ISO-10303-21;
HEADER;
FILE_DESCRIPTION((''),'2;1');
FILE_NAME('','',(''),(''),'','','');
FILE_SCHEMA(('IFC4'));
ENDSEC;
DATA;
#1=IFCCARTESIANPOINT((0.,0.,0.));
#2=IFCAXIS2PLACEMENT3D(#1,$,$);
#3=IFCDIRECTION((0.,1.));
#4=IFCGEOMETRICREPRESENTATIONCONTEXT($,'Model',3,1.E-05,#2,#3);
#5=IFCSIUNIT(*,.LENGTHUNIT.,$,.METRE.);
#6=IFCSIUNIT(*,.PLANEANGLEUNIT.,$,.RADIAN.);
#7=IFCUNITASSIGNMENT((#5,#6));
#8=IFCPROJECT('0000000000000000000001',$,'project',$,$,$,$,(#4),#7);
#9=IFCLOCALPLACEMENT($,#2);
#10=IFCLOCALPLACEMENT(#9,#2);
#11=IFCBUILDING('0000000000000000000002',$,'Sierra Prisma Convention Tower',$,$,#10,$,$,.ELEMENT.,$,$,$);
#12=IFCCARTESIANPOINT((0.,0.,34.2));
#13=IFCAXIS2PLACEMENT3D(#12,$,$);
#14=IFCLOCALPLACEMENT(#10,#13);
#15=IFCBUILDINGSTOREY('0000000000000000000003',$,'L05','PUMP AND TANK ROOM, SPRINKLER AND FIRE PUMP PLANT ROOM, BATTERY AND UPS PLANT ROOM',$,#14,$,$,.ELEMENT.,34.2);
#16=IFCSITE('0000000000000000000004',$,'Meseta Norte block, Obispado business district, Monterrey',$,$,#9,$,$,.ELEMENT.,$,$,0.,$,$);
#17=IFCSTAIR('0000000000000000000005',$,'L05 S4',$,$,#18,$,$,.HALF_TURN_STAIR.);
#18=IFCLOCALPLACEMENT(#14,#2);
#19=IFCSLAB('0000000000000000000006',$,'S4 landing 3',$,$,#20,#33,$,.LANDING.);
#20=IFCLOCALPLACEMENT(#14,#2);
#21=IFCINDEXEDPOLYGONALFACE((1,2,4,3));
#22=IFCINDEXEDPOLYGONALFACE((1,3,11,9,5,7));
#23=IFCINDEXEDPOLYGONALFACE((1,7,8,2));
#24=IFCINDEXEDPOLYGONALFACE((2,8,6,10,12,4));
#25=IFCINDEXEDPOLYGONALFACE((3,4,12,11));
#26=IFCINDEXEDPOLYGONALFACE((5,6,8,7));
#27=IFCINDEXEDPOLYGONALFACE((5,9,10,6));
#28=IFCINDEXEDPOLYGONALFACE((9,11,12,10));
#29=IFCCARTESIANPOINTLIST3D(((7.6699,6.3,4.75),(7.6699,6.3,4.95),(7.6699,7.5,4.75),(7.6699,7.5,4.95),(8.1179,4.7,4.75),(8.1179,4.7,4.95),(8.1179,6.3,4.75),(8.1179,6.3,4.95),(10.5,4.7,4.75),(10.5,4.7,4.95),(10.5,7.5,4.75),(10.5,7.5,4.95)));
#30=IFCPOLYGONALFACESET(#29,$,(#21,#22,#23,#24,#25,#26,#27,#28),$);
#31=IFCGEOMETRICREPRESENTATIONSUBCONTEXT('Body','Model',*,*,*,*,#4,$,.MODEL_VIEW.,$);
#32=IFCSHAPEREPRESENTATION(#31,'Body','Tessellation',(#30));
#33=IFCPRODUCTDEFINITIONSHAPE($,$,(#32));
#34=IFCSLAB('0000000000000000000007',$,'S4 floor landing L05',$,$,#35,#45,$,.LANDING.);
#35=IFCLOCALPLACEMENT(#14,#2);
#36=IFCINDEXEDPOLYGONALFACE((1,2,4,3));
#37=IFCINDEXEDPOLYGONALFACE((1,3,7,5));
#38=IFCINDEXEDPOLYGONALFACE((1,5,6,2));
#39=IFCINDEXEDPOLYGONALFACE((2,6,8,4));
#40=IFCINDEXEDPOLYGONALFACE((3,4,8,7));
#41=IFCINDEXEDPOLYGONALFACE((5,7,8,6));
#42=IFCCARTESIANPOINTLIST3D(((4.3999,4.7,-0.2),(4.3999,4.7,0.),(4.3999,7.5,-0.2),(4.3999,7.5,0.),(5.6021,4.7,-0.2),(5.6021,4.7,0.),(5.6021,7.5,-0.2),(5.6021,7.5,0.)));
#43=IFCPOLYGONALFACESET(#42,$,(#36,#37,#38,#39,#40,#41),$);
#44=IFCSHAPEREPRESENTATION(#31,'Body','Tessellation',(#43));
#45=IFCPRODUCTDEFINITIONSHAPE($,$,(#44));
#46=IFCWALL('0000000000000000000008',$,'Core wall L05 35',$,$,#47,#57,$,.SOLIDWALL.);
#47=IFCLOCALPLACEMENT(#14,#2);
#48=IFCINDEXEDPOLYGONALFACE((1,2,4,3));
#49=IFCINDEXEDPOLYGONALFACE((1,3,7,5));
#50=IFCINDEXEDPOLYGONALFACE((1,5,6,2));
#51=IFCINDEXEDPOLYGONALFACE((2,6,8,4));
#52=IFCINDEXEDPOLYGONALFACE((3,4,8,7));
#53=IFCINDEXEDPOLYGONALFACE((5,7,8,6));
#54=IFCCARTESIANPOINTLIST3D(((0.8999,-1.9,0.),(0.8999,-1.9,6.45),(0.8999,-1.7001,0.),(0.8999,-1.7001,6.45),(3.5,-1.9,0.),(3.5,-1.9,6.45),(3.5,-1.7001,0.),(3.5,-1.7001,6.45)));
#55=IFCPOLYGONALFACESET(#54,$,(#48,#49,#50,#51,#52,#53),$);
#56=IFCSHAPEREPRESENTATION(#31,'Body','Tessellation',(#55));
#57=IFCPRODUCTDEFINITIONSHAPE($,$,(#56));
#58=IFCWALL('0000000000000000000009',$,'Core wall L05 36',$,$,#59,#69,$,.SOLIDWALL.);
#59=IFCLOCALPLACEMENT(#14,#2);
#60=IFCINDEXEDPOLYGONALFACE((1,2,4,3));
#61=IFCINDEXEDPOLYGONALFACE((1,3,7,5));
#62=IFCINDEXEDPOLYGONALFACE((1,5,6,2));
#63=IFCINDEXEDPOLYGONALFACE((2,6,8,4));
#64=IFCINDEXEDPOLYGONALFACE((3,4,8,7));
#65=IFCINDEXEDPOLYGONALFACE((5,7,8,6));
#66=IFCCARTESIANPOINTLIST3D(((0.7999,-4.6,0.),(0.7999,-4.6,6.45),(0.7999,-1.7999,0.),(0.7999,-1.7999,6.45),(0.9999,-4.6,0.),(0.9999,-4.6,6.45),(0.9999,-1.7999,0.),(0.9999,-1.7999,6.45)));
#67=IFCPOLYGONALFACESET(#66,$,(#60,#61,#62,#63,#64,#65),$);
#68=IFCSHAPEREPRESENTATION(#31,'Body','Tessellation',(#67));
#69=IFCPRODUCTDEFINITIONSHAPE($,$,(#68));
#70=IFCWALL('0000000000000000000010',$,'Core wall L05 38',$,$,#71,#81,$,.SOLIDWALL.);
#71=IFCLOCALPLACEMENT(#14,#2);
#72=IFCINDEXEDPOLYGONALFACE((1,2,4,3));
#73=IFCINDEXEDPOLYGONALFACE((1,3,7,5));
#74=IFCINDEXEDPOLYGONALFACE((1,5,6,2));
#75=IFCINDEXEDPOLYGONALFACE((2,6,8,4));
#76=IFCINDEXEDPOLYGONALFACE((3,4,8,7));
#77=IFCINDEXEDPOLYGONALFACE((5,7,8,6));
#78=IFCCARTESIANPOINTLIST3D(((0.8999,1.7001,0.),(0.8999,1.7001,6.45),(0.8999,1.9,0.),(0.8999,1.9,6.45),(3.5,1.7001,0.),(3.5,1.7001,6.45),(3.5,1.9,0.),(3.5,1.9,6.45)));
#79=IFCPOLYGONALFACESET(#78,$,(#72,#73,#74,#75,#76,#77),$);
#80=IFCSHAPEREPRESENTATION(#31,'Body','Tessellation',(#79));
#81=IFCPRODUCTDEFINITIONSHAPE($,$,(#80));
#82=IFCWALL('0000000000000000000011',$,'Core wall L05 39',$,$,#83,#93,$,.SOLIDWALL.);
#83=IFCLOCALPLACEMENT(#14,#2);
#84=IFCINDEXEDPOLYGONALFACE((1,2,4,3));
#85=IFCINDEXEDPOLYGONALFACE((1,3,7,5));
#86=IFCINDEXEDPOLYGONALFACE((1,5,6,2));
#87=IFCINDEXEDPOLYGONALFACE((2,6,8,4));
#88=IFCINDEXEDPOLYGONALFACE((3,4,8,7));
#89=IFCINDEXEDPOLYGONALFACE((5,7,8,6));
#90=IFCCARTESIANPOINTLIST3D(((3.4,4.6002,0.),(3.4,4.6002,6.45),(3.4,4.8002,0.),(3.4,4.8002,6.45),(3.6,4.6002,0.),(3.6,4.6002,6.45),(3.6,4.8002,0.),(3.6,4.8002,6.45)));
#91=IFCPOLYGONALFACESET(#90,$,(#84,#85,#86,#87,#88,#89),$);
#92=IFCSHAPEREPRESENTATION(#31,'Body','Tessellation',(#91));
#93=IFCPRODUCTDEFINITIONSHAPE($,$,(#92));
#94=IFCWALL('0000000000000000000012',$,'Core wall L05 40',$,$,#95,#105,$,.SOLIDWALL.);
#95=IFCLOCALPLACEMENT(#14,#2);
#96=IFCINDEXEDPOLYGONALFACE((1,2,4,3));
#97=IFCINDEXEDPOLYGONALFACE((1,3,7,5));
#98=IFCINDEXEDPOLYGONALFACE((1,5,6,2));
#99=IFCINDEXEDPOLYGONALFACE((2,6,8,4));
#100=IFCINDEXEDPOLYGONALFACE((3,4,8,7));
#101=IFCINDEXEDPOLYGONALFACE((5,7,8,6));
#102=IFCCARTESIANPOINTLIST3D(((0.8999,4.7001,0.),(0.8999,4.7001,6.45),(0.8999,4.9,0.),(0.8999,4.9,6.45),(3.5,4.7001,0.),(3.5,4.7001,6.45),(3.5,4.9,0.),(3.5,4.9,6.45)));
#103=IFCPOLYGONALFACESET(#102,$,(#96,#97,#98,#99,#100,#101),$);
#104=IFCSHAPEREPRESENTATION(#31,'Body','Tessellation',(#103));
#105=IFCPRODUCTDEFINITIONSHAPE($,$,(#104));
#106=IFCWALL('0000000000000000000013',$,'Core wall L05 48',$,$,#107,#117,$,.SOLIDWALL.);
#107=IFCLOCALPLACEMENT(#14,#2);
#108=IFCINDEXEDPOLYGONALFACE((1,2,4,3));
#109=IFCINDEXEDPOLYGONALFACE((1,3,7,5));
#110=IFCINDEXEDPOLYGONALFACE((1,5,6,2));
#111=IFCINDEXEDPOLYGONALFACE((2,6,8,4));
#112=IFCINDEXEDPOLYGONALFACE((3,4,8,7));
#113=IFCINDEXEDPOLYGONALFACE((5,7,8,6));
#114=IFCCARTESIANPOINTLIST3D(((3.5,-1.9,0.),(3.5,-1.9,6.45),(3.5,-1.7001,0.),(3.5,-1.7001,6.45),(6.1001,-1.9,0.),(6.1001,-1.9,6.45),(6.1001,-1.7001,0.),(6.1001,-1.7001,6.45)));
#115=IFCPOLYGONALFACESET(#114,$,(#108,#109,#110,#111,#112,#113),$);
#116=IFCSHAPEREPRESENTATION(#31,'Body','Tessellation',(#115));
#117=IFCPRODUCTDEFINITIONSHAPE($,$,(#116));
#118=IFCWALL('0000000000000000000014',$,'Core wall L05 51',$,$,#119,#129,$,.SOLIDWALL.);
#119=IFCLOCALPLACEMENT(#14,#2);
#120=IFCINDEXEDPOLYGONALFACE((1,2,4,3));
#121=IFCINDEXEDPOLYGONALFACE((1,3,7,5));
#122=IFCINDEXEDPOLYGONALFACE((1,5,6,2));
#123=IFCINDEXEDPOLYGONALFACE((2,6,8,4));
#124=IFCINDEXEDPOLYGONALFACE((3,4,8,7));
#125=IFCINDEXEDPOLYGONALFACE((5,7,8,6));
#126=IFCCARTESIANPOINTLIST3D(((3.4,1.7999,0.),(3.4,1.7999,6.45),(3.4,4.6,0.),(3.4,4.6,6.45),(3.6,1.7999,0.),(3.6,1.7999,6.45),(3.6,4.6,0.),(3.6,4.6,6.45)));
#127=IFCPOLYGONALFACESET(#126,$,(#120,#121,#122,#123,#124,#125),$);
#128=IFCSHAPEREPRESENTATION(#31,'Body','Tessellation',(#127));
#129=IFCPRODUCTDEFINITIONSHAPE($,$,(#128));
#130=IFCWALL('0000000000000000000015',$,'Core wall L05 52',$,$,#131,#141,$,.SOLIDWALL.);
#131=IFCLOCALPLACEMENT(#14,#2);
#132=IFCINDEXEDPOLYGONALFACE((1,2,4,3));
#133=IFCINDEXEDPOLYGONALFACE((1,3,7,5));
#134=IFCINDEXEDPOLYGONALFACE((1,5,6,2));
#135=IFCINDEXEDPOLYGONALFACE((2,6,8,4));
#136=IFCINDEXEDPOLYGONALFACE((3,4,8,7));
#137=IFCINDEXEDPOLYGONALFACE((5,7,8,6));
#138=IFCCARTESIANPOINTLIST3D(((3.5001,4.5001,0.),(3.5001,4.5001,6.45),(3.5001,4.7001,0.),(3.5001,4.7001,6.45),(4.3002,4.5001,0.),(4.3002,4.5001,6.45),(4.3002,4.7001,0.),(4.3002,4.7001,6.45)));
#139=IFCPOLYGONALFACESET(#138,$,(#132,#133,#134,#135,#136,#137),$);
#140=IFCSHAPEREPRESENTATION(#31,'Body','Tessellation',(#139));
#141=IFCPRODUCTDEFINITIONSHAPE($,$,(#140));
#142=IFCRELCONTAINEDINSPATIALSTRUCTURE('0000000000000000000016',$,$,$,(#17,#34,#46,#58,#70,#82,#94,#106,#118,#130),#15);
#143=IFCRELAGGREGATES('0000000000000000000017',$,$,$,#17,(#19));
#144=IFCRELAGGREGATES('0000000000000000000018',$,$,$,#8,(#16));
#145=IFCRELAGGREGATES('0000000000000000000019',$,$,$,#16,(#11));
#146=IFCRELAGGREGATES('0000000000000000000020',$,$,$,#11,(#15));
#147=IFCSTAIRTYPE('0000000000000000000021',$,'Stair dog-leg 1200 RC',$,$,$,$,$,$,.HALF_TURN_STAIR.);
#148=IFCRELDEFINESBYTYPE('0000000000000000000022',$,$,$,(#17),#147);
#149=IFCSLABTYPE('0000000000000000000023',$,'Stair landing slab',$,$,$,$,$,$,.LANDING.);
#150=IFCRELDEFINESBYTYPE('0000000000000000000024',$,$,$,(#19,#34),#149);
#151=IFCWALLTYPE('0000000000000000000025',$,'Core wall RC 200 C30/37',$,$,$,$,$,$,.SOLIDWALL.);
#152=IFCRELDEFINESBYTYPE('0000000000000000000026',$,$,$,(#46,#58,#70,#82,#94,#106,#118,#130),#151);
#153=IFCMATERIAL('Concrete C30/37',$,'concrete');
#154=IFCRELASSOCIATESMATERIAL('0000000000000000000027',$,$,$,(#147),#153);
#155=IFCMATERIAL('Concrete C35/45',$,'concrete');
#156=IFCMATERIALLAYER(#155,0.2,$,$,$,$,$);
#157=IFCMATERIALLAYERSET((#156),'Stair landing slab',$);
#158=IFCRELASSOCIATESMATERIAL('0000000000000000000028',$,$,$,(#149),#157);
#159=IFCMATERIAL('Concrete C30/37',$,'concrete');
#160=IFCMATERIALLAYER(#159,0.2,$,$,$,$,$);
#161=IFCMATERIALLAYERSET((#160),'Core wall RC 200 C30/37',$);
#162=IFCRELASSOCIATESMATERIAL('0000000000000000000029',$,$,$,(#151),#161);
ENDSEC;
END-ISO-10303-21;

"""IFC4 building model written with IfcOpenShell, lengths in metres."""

from ifc_helpers import new_model, si_unit, direction, frame, frame_2d, origin, place, context, subcontext, project, spatial, polyline, rectangle, outline, extrude, material, layer, layer_set, type_object, element, aggregate, save


model = new_model("IFC4")

# Units and contexts
model_context = context("Model", 3, precision=1e-05, world=origin(), true_north=direction((0.0, 1.0)))
body_context = subcontext(model_context, "Body", "Model", "MODEL_VIEW")
ifc_project = project(units=[si_unit("LENGTHUNIT", "METRE"), si_unit("PLANEANGLEUNIT", "RADIAN")], contexts=[model_context])

# Site, building, storey
site_placement = place(None, origin())
site = spatial("IfcSite", under=ifc_project, at=site_placement, Name="Meseta Norte block, Obispado business district, Monterrey", CompositionType="ELEMENT", RefElevation=0.0)
building_placement = place(site_placement, origin())
building = spatial("IfcBuilding", under=site, at=building_placement, Name="Sierra Prisma Convention Tower", CompositionType="ELEMENT")
storey_placement = place(building_placement, frame((0.0, 0.0, 34.2)))
storey = spatial("IfcBuildingStorey", under=building, at=storey_placement, Name="L05", Description="PUMP AND TANK ROOM, SPRINKLER AND FIRE PUMP PLANT ROOM, BATTERY AND UPS PLANT ROOM", CompositionType="ELEMENT", Elevation=34.2)

# Shared definitions
ifc_material_1 = material(Name="Concrete C30/37", Category="concrete")
stair_type = type_object("IfcStairType", Name="Stair dog-leg 1200 RC", PredefinedType="HALF_TURN_STAIR", material=ifc_material_1)
ifc_material_2 = material(Name="Concrete C35/45", Category="concrete")
ifc_layer_1 = layer(ifc_material_2, 0.2)
ifc_layer_set_1 = layer_set([ifc_layer_1], Name="Stair landing slab")
slab_type = type_object("IfcSlabType", Name="Stair landing slab", PredefinedType="LANDING", material=ifc_layer_set_1)

# Stair, slab
stair_1_placement = place(storey_placement, origin())
stair_1 = element("IfcStair", 1, at=stair_1_placement, inside=storey, type_object=stair_type, Name="L05 S4", PredefinedType="HALF_TURN_STAIR")
slab_1_placement = place(storey_placement, frame((0.0, 0.0, 4.75)))
slab_1 = element("IfcSlab", 2, at=slab_1_placement, type_object=slab_type, Name="S4 landing 3", PredefinedType="LANDING", context=body_context, shape_type="SweptSolid", body=[
    extrude(outline(polyline([(10.5, 7.5), (10.5, 4.7), (8.1179, 4.7), (8.1179, 6.3), (7.6699, 6.3), (7.6699, 7.5), (10.5, 7.5)])), origin(), (0.0, 0.0, 1.0), 0.2),
])
aggregate(stair_1, [slab_1])

# Slab
slab_2_placement = place(storey_placement, frame((0.0, 0.0, -0.2)))
element("IfcSlab", 3, at=slab_2_placement, inside=storey, type_object=slab_type, Name="S4 floor landing L05", PredefinedType="LANDING", context=body_context, shape_type="SweptSolid", body=[
    extrude(outline(polyline([(4.3999, 4.7), (5.6021, 4.7), (5.6021, 7.5), (4.3999, 7.5), (4.3999, 4.7)])), origin(), (0.0, 0.0, 1.0), 0.2),
])

# Shared definitions
ifc_material_3 = material(Name="Concrete C30/37", Category="concrete")
ifc_layer_2 = layer(ifc_material_3, 0.2)
ifc_layer_set_2 = layer_set([ifc_layer_2], Name="Core wall RC 200 C30/37")
wall_type = type_object("IfcWallType", Name="Core wall RC 200 C30/37", PredefinedType="SOLIDWALL", material=ifc_layer_set_2)

# Walls
wall_1_placement = place(storey_placement, frame((0.8999, -1.8, 0.0), z_axis=(0.0, 0.0, 1.0), x_axis=(1.0, 0.0, 0.0)))
element("IfcWall", 4, at=wall_1_placement, inside=storey, type_object=wall_type, Name="Core wall L05 35", PredefinedType="SOLIDWALL", context=body_context, shape_type="SweptSolid", body=[
    extrude(rectangle(XDim=2.6001, YDim=0.2, at=frame_2d((1.3, 0.0))), origin(), (0.0, 0.0, 1.0), 6.45),
])
wall_2_placement = place(storey_placement, frame((0.8999, -1.8, 0.0), z_axis=(0.0, 0.0, 1.0), x_axis=(0.0, -1.0, 0.0)))
element("IfcWall", 5, at=wall_2_placement, inside=storey, type_object=wall_type, Name="Core wall L05 36", PredefinedType="SOLIDWALL", context=body_context, shape_type="SweptSolid", body=[
    extrude(rectangle(XDim=2.8, YDim=0.2, at=frame_2d((1.3999, 0.0))), origin(), (0.0, 0.0, 1.0), 6.45),
])
wall_3_placement = place(storey_placement, frame((3.5, 1.8, 0.0), z_axis=(0.0, 0.0, 1.0), x_axis=(-1.0, 0.0, 0.0)))
element("IfcWall", 6, at=wall_3_placement, inside=storey, type_object=wall_type, Name="Core wall L05 38", PredefinedType="SOLIDWALL", context=body_context, shape_type="SweptSolid", body=[
    extrude(rectangle(XDim=2.6001, YDim=0.2, at=frame_2d((1.3, 0.0))), origin(), (0.0, 0.0, 1.0), 6.45),
])
wall_4_placement = place(storey_placement, frame((3.5, 4.6001, 0.0), z_axis=(0.0, 0.0, 1.0), x_axis=(0.0, 1.0, 0.0)))
element("IfcWall", 7, at=wall_4_placement, inside=storey, type_object=wall_type, Name="Core wall L05 39", PredefinedType="SOLIDWALL", context=body_context, shape_type="SweptSolid", body=[
    extrude(rectangle(XDim=0.2, YDim=0.2, at=frame_2d((0.1001, 0.0))), origin(), (0.0, 0.0, 1.0), 6.45),
])
wall_5_placement = place(storey_placement, frame((3.5, 4.8, 0.0), z_axis=(0.0, 0.0, 1.0), x_axis=(-1.0, 0.0, 0.0)))
element("IfcWall", 8, at=wall_5_placement, inside=storey, type_object=wall_type, Name="Core wall L05 40", PredefinedType="SOLIDWALL", context=body_context, shape_type="SweptSolid", body=[
    extrude(rectangle(XDim=2.6001, YDim=0.2, at=frame_2d((1.3, 0.0))), origin(), (0.0, 0.0, 1.0), 6.45),
])

# Wall
wall_6_placement = place(storey_placement, frame((3.5, -1.8, 0.0), z_axis=(0.0, 0.0, 1.0), x_axis=(1.0, 0.0, 0.0)))
element("IfcWall", 9, at=wall_6_placement, inside=storey, type_object=wall_type, Name="Core wall L05 48", PredefinedType="SOLIDWALL", context=body_context, shape_type="SweptSolid", body=[
    extrude(rectangle(XDim=2.6001, YDim=0.2, at=frame_2d((1.3, 0.0))), origin(), (0.0, 0.0, 1.0), 6.45),
])

# Walls
wall_7_placement = place(storey_placement, frame((3.5, 1.8, 0.0), z_axis=(0.0, 0.0, 1.0), x_axis=(0.0, 1.0, 0.0)))
element("IfcWall", 10, at=wall_7_placement, inside=storey, type_object=wall_type, Name="Core wall L05 51", PredefinedType="SOLIDWALL", context=body_context, shape_type="SweptSolid", body=[
    extrude(rectangle(XDim=2.8, YDim=0.2, at=frame_2d((1.3999, 0.0))), origin(), (0.0, 0.0, 1.0), 6.45),
])
wall_8_placement = place(storey_placement, frame((4.3, 4.6001, 0.0), z_axis=(0.0, 0.0, 1.0), x_axis=(-1.0, 0.0, 0.0)))
element("IfcWall", 11, at=wall_8_placement, inside=storey, type_object=wall_type, Name="Core wall L05 52", PredefinedType="SOLIDWALL", context=body_context, shape_type="SweptSolid", body=[
    extrude(rectangle(XDim=0.8, YDim=0.2, at=frame_2d((0.3999, 0.0))), origin(), (0.0, 0.0, 1.0), 6.45),
])

save(model, "model.ifc")
